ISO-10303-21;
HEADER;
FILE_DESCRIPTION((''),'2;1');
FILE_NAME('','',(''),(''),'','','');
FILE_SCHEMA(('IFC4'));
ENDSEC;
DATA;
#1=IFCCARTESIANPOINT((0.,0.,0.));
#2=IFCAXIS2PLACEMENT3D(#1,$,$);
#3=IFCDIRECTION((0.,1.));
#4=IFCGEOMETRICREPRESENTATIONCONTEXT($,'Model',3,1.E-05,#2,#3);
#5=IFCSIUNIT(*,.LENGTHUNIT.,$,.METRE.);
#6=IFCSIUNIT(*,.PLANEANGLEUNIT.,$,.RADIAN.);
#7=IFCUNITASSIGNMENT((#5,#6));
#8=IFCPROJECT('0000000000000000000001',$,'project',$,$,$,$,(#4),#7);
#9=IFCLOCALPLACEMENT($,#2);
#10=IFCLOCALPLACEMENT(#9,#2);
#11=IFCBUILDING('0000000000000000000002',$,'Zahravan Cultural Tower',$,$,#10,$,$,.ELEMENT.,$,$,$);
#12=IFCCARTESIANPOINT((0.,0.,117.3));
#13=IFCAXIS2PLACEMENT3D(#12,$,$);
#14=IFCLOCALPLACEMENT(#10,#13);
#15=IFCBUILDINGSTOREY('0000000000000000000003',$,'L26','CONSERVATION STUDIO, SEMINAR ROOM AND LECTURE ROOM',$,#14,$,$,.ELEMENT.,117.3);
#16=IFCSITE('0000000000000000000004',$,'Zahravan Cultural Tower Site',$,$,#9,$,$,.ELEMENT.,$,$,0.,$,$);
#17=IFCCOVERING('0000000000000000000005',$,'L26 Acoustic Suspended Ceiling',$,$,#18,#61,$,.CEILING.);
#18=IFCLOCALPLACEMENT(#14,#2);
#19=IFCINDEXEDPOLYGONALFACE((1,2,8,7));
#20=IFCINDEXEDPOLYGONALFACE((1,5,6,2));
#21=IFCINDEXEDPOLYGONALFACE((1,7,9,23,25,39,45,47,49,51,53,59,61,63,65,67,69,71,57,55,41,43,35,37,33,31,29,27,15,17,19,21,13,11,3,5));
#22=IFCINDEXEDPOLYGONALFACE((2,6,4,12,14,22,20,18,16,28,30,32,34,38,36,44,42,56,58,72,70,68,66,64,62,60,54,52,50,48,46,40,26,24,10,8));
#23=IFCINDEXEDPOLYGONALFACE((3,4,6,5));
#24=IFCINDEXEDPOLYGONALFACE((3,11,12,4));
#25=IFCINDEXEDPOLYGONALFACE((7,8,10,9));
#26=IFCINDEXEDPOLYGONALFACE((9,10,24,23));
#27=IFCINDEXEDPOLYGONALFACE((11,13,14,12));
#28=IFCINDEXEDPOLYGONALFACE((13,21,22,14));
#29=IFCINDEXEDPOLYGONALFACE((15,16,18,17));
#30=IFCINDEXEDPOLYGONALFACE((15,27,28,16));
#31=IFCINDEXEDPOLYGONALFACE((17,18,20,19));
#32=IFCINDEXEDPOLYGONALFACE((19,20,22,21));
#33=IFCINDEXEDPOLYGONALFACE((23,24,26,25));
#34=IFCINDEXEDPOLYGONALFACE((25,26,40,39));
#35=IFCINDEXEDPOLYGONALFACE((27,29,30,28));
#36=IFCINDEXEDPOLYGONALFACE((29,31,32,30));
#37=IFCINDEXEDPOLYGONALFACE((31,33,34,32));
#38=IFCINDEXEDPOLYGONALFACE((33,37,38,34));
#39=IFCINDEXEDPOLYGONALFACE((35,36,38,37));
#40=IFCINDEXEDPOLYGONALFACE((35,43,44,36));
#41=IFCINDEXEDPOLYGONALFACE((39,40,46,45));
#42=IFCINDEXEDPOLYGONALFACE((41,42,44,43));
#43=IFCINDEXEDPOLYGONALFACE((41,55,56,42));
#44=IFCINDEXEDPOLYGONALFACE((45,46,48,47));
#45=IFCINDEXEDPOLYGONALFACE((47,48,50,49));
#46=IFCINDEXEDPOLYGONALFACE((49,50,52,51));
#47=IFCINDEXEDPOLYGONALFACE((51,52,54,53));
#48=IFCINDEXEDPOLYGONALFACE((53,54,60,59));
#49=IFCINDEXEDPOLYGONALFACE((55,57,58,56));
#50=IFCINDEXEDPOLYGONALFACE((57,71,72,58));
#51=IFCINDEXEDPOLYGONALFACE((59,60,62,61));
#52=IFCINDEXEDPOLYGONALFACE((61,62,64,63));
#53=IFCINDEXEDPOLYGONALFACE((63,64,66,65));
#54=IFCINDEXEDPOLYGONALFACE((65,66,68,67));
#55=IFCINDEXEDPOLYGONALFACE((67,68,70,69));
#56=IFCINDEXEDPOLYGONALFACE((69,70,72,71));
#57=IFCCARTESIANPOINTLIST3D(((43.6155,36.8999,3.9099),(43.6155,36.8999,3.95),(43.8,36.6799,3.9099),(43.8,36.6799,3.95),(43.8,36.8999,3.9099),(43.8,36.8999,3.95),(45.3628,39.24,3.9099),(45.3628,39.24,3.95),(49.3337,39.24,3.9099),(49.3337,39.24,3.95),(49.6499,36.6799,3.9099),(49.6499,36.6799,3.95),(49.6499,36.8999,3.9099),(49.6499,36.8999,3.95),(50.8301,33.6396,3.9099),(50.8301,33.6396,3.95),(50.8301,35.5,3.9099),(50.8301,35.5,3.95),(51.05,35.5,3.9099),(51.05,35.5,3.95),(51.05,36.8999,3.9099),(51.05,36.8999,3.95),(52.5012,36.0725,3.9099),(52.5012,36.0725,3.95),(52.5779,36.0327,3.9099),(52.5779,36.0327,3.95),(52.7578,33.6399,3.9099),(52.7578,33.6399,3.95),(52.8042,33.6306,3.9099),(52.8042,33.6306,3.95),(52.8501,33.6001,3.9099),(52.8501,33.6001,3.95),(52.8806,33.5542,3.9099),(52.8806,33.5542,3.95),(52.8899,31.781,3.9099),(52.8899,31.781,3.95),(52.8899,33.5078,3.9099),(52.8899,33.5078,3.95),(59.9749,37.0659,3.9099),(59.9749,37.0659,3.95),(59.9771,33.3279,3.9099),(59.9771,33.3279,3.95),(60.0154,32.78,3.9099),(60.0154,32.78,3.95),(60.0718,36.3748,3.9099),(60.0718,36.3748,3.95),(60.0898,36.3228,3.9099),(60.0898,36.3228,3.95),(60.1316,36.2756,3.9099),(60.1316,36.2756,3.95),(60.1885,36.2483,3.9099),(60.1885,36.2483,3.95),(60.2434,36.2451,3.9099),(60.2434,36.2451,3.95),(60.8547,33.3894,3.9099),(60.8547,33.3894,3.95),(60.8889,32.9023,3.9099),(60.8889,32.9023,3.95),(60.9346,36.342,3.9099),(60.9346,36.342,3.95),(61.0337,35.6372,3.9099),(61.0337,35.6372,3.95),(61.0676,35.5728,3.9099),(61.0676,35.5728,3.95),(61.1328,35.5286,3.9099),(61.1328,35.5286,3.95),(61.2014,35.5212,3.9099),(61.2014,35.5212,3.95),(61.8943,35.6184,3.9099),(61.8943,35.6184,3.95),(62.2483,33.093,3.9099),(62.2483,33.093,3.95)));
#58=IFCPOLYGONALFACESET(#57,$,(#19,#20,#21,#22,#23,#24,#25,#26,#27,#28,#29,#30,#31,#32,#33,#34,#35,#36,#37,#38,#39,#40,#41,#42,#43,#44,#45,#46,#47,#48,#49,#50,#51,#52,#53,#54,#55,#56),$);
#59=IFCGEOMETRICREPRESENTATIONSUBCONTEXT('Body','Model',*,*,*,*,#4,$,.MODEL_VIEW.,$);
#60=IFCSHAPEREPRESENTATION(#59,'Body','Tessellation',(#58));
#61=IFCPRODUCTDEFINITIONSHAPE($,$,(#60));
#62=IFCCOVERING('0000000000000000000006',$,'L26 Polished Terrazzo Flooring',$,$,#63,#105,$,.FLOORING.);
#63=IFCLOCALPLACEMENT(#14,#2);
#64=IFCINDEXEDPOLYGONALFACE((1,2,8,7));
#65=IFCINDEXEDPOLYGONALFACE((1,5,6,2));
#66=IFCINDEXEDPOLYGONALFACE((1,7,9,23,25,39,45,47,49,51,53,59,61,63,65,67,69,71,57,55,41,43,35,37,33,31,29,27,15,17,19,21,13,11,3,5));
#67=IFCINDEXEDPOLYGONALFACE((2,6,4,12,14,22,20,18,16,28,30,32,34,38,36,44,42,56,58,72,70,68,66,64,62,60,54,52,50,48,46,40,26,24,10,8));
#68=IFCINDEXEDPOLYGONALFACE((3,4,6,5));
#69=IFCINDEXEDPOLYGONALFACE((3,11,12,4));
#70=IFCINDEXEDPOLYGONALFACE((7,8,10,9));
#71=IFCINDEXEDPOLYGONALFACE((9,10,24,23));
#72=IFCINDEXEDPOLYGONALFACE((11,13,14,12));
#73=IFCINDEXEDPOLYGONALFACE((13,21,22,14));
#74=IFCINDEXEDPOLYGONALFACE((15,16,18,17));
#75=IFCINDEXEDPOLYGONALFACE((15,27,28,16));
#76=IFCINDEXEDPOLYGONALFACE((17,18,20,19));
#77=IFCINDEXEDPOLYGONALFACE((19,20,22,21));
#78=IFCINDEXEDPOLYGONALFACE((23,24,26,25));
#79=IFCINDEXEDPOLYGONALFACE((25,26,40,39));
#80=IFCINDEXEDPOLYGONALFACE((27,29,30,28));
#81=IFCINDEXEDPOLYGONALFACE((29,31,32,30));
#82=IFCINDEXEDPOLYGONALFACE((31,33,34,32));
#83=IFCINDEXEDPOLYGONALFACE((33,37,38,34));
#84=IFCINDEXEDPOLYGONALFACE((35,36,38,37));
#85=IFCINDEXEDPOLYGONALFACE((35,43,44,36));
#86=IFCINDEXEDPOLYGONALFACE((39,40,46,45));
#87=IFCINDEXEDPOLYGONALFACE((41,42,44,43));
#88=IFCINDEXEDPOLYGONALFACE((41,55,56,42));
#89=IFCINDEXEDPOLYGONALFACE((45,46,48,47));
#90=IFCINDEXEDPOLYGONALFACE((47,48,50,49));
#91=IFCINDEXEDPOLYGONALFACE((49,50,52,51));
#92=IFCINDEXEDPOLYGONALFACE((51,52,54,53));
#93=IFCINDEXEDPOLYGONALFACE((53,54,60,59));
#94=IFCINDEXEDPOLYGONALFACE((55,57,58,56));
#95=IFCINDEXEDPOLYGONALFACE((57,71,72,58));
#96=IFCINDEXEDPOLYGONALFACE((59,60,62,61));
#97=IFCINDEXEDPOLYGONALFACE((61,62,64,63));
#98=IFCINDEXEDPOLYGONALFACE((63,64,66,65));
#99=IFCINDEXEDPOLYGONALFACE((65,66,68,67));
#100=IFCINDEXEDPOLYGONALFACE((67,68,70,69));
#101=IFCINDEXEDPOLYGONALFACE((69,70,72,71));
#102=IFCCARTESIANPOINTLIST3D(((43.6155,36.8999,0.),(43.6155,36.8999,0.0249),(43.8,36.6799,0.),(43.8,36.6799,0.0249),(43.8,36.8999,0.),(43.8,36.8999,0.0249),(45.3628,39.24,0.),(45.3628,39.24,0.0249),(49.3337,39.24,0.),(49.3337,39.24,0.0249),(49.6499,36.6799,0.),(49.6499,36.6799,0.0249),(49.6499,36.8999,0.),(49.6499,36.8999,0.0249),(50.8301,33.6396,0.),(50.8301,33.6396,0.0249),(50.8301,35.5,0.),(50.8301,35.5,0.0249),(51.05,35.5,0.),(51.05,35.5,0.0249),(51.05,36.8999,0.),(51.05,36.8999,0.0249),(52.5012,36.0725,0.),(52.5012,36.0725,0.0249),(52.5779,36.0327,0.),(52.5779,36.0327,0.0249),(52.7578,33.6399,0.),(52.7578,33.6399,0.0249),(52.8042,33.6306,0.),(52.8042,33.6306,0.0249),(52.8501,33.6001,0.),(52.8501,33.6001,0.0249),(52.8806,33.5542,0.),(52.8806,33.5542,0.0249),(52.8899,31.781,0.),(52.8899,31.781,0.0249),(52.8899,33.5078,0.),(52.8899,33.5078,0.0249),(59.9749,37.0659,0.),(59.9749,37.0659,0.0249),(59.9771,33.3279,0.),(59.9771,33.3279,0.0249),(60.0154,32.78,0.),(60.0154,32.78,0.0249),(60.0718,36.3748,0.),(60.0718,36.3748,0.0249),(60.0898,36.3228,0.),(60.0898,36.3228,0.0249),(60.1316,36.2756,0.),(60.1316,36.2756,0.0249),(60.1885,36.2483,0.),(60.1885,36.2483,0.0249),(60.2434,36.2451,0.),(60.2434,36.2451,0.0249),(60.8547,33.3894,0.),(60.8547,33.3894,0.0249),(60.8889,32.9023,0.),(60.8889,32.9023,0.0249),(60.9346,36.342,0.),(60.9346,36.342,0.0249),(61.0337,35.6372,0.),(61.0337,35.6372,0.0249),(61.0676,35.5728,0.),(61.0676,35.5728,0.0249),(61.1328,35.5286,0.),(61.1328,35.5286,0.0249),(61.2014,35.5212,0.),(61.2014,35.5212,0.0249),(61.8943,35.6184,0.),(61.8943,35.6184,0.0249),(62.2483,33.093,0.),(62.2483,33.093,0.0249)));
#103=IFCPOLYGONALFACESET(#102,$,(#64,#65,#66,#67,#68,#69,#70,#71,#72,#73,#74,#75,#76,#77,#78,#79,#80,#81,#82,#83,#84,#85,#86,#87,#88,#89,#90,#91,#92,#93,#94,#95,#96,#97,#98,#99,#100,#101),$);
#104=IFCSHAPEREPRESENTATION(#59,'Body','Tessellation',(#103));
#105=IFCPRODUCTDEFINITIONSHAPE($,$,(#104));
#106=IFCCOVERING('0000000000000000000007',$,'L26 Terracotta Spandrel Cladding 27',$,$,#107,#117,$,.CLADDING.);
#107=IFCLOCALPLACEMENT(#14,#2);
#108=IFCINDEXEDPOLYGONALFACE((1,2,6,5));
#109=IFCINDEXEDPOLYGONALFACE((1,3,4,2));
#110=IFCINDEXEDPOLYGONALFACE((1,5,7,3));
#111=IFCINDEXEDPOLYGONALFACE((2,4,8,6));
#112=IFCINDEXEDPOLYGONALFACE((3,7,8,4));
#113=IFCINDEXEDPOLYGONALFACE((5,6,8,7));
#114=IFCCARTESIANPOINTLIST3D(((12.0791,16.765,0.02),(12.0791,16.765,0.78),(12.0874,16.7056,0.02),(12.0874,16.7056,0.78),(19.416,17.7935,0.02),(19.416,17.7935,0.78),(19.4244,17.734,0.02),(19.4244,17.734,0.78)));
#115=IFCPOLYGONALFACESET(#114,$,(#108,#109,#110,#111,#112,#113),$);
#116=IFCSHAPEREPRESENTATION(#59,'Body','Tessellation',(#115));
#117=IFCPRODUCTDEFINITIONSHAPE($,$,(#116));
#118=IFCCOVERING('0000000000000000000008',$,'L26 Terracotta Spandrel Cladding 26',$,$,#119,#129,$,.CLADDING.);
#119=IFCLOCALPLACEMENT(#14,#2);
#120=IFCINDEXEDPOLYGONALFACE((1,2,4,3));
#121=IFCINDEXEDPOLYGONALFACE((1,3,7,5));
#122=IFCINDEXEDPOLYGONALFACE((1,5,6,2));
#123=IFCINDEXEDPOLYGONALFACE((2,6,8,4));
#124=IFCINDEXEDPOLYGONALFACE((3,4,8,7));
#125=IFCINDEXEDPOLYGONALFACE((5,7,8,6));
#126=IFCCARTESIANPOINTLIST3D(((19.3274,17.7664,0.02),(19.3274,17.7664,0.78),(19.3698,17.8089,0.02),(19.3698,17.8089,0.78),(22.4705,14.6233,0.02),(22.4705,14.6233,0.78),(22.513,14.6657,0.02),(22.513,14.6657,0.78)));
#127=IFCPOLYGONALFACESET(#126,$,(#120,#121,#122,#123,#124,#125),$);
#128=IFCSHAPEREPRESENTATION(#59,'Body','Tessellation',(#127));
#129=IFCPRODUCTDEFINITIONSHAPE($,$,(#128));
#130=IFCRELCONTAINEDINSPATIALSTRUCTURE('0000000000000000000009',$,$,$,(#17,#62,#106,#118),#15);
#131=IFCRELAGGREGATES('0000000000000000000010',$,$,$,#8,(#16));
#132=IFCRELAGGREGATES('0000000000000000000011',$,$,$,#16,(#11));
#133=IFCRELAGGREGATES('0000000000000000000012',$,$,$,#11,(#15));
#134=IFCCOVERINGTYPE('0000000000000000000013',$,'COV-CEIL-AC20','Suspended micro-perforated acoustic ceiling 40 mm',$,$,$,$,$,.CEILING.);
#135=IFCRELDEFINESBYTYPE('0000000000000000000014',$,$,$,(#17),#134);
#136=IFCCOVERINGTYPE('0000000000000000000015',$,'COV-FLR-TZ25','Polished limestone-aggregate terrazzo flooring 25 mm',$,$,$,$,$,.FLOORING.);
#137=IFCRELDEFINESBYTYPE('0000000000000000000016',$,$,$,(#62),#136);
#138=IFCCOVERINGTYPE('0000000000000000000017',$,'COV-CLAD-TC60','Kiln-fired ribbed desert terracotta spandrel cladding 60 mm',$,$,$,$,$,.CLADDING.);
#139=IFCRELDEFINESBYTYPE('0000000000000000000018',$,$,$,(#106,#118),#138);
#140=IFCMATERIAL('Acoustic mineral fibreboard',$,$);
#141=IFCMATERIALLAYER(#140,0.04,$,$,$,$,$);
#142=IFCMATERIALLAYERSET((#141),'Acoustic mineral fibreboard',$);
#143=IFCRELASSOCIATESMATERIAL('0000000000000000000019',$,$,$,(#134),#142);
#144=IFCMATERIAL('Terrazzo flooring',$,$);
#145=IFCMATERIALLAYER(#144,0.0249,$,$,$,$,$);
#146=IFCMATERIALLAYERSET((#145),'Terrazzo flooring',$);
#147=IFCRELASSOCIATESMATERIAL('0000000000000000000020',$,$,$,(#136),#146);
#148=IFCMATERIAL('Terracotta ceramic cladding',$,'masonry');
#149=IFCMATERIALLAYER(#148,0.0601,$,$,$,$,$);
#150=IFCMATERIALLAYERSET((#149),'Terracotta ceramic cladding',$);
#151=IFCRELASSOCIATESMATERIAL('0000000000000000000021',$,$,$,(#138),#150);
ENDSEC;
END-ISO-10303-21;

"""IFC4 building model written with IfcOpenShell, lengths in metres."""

from ifc_helpers import new_model, si_unit, direction, frame, origin, origin_2d, place, context, subcontext, project, spatial, polyline, rectangle, outline, extrude, source, transform, mapped, material, layer, layer_set, type_object, element, save


model = new_model("IFC4")

# Units and contexts
model_context = context("Model", 3, precision=1e-05, world=origin(), true_north=direction((0.0, 1.0)))
body_context = subcontext(model_context, "Body", "Model", "MODEL_VIEW")
ifc_project = project(units=[si_unit("LENGTHUNIT", "METRE"), si_unit("PLANEANGLEUNIT", "RADIAN")], contexts=[model_context])

# Site, building, storey
site_placement = place(None, origin())
site = spatial("IfcSite", under=ifc_project, at=site_placement, Name="Zahravan Cultural Tower Site", CompositionType="ELEMENT", RefElevation=0.0)
building_placement = place(site_placement, origin())
building = spatial("IfcBuilding", under=site, at=building_placement, Name="Zahravan Cultural Tower", CompositionType="ELEMENT")
storey_placement = place(building_placement, frame((0.0, 0.0, 117.3)))
storey = spatial("IfcBuildingStorey", under=building, at=storey_placement, Name="L26", Description="CONSERVATION STUDIO, SEMINAR ROOM AND LECTURE ROOM", CompositionType="ELEMENT", Elevation=117.3)

# Coverings
ifc_material_1 = material(Name="Acoustic mineral fibreboard")
ifc_layer_1 = layer(ifc_material_1, 0.04)
ifc_layer_set_1 = layer_set([ifc_layer_1], Name="Acoustic mineral fibreboard")
covering_type_1 = type_object("IfcCoveringType", Name="COV-CEIL-AC20", Description="Suspended micro-perforated acoustic ceiling 40 mm", PredefinedType="CEILING", material=ifc_layer_set_1)
covering_1_placement = place(storey_placement, frame((0.0, 0.0, 3.9099)))
element("IfcCovering", 1, at=covering_1_placement, inside=storey, type_object=covering_type_1, Name="L26 Acoustic Suspended Ceiling", PredefinedType="CEILING", context=body_context, shape_type="SweptSolid", body=[
    extrude(outline(polyline([(52.7578, 33.6399), (52.8042, 33.6306), (52.8501, 33.6001), (52.8806, 33.5542), (52.8899, 33.5078), (52.8899, 31.781), (60.0154, 32.78), (59.9771, 33.3279), (60.8547, 33.3894), (60.8889, 32.9023), (62.2483, 33.093), (61.8943, 35.6184), (61.2014, 35.5212), (61.1328, 35.5286), (61.0676, 35.5728), (61.0337, 35.6372), (60.9346, 36.342), (60.2434, 36.2451), (60.1885, 36.2483), (60.1316, 36.2756), (60.0898, 36.3228), (60.0718, 36.3748), (59.9749, 37.0659), (52.5779, 36.0327), (52.5012, 36.0725), (49.3337, 39.24), (45.3628, 39.24), (43.6155, 36.8999), (43.8, 36.8999), (43.8, 36.6799), (49.6499, 36.6799), (49.6499, 36.8999), (51.05, 36.8999), (51.05, 35.5), (50.8301, 35.5), (50.8301, 33.6396), (52.7578, 33.6399)])), origin(), (0.0, 0.0, 1.0), 0.04),
])
ifc_material_2 = material(Name="Terrazzo flooring")
ifc_layer_2 = layer(ifc_material_2, 0.0249)
ifc_layer_set_2 = layer_set([ifc_layer_2], Name="Terrazzo flooring")
covering_type_2 = type_object("IfcCoveringType", Name="COV-FLR-TZ25", Description="Polished limestone-aggregate terrazzo flooring 25 mm", PredefinedType="FLOORING", material=ifc_layer_set_2)
covering_2_placement = place(storey_placement, origin())
element("IfcCovering", 2, at=covering_2_placement, inside=storey, type_object=covering_type_2, Name="L26 Polished Terrazzo Flooring", PredefinedType="FLOORING", context=body_context, shape_type="SweptSolid", body=[
    extrude(outline(polyline([(52.7578, 33.6399), (52.8042, 33.6306), (52.8501, 33.6001), (52.8806, 33.5542), (52.8899, 33.5078), (52.8899, 31.781), (60.0154, 32.78), (59.9771, 33.3279), (60.8547, 33.3894), (60.8889, 32.9023), (62.2483, 33.093), (61.8943, 35.6184), (61.2014, 35.5212), (61.1328, 35.5286), (61.0676, 35.5728), (61.0337, 35.6372), (60.9346, 36.342), (60.2434, 36.2451), (60.1885, 36.2483), (60.1316, 36.2756), (60.0898, 36.3228), (60.0718, 36.3748), (59.9749, 37.0659), (52.5779, 36.0327), (52.5012, 36.0725), (49.3337, 39.24), (45.3628, 39.24), (43.6155, 36.8999), (43.8, 36.8999), (43.8, 36.6799), (49.6499, 36.6799), (49.6499, 36.8999), (51.05, 36.8999), (51.05, 35.5), (50.8301, 35.5), (50.8301, 33.6396), (52.7578, 33.6399)])), origin(), (0.0, 0.0, 1.0), 0.0249),
])
ifc_material_3 = material(Name="Terracotta ceramic cladding", Category="masonry")
ifc_layer_3 = layer(ifc_material_3, 0.0601)
ifc_layer_set_3 = layer_set([ifc_layer_3], Name="Terracotta ceramic cladding")
covering_type_3 = type_object("IfcCoveringType", Name="COV-CLAD-TC60", Description="Kiln-fired ribbed desert terracotta spandrel cladding 60 mm", PredefinedType="CLADDING", material=ifc_layer_set_3)
shared_shape_1 = source(origin(), body_context, "Body", "SweptSolid", [
    extrude(rectangle(XDim=7.4087, YDim=0.0601, at=origin_2d()), origin(), (0.0, 0.0, 1.0), 0.76),
])
covering_3_placement = place(storey_placement, frame((15.7517, 17.2495, 0.02), z_axis=(0.0, 0.0, 1.0), x_axis=(-0.990319, -0.13881, 0.0)))
element("IfcCovering", 3, at=covering_3_placement, inside=storey, type_object=covering_type_3, Name="L26 Terracotta Spandrel Cladding 27", PredefinedType="CLADDING", context=body_context, shape_type="MappedRepresentation", body=[
    mapped(shared_shape_1, transform((0.0, 0.0, 0.0), x_axis=(1.0, 0.0, 0.0), y_axis=(0.0, 1.0, 0.0), z_axis=(0.0, 0.0, 1.0), scale=1.0)),
])
shared_shape_2 = source(origin(), body_context, "Body", "SweptSolid", [
    extrude(rectangle(XDim=4.4451, YDim=0.0601, at=origin_2d()), origin(), (0.0, 0.0, 1.0), 0.76),
])
covering_4_placement = place(storey_placement, frame((20.9202, 16.2161, 0.02), z_axis=(0.0, 0.0, 1.0), x_axis=(-0.707107, 0.707107, 0.0)))
element("IfcCovering", 4, at=covering_4_placement, inside=storey, type_object=covering_type_3, Name="L26 Terracotta Spandrel Cladding 26", PredefinedType="CLADDING", context=body_context, shape_type="MappedRepresentation", body=[
    mapped(shared_shape_2, transform((0.0, 0.0, 0.0), x_axis=(1.0, 0.0, 0.0), y_axis=(0.0, 1.0, 0.0), z_axis=(0.0, 0.0, 1.0), scale=1.0)),
])

save(model, "model.ifc")
